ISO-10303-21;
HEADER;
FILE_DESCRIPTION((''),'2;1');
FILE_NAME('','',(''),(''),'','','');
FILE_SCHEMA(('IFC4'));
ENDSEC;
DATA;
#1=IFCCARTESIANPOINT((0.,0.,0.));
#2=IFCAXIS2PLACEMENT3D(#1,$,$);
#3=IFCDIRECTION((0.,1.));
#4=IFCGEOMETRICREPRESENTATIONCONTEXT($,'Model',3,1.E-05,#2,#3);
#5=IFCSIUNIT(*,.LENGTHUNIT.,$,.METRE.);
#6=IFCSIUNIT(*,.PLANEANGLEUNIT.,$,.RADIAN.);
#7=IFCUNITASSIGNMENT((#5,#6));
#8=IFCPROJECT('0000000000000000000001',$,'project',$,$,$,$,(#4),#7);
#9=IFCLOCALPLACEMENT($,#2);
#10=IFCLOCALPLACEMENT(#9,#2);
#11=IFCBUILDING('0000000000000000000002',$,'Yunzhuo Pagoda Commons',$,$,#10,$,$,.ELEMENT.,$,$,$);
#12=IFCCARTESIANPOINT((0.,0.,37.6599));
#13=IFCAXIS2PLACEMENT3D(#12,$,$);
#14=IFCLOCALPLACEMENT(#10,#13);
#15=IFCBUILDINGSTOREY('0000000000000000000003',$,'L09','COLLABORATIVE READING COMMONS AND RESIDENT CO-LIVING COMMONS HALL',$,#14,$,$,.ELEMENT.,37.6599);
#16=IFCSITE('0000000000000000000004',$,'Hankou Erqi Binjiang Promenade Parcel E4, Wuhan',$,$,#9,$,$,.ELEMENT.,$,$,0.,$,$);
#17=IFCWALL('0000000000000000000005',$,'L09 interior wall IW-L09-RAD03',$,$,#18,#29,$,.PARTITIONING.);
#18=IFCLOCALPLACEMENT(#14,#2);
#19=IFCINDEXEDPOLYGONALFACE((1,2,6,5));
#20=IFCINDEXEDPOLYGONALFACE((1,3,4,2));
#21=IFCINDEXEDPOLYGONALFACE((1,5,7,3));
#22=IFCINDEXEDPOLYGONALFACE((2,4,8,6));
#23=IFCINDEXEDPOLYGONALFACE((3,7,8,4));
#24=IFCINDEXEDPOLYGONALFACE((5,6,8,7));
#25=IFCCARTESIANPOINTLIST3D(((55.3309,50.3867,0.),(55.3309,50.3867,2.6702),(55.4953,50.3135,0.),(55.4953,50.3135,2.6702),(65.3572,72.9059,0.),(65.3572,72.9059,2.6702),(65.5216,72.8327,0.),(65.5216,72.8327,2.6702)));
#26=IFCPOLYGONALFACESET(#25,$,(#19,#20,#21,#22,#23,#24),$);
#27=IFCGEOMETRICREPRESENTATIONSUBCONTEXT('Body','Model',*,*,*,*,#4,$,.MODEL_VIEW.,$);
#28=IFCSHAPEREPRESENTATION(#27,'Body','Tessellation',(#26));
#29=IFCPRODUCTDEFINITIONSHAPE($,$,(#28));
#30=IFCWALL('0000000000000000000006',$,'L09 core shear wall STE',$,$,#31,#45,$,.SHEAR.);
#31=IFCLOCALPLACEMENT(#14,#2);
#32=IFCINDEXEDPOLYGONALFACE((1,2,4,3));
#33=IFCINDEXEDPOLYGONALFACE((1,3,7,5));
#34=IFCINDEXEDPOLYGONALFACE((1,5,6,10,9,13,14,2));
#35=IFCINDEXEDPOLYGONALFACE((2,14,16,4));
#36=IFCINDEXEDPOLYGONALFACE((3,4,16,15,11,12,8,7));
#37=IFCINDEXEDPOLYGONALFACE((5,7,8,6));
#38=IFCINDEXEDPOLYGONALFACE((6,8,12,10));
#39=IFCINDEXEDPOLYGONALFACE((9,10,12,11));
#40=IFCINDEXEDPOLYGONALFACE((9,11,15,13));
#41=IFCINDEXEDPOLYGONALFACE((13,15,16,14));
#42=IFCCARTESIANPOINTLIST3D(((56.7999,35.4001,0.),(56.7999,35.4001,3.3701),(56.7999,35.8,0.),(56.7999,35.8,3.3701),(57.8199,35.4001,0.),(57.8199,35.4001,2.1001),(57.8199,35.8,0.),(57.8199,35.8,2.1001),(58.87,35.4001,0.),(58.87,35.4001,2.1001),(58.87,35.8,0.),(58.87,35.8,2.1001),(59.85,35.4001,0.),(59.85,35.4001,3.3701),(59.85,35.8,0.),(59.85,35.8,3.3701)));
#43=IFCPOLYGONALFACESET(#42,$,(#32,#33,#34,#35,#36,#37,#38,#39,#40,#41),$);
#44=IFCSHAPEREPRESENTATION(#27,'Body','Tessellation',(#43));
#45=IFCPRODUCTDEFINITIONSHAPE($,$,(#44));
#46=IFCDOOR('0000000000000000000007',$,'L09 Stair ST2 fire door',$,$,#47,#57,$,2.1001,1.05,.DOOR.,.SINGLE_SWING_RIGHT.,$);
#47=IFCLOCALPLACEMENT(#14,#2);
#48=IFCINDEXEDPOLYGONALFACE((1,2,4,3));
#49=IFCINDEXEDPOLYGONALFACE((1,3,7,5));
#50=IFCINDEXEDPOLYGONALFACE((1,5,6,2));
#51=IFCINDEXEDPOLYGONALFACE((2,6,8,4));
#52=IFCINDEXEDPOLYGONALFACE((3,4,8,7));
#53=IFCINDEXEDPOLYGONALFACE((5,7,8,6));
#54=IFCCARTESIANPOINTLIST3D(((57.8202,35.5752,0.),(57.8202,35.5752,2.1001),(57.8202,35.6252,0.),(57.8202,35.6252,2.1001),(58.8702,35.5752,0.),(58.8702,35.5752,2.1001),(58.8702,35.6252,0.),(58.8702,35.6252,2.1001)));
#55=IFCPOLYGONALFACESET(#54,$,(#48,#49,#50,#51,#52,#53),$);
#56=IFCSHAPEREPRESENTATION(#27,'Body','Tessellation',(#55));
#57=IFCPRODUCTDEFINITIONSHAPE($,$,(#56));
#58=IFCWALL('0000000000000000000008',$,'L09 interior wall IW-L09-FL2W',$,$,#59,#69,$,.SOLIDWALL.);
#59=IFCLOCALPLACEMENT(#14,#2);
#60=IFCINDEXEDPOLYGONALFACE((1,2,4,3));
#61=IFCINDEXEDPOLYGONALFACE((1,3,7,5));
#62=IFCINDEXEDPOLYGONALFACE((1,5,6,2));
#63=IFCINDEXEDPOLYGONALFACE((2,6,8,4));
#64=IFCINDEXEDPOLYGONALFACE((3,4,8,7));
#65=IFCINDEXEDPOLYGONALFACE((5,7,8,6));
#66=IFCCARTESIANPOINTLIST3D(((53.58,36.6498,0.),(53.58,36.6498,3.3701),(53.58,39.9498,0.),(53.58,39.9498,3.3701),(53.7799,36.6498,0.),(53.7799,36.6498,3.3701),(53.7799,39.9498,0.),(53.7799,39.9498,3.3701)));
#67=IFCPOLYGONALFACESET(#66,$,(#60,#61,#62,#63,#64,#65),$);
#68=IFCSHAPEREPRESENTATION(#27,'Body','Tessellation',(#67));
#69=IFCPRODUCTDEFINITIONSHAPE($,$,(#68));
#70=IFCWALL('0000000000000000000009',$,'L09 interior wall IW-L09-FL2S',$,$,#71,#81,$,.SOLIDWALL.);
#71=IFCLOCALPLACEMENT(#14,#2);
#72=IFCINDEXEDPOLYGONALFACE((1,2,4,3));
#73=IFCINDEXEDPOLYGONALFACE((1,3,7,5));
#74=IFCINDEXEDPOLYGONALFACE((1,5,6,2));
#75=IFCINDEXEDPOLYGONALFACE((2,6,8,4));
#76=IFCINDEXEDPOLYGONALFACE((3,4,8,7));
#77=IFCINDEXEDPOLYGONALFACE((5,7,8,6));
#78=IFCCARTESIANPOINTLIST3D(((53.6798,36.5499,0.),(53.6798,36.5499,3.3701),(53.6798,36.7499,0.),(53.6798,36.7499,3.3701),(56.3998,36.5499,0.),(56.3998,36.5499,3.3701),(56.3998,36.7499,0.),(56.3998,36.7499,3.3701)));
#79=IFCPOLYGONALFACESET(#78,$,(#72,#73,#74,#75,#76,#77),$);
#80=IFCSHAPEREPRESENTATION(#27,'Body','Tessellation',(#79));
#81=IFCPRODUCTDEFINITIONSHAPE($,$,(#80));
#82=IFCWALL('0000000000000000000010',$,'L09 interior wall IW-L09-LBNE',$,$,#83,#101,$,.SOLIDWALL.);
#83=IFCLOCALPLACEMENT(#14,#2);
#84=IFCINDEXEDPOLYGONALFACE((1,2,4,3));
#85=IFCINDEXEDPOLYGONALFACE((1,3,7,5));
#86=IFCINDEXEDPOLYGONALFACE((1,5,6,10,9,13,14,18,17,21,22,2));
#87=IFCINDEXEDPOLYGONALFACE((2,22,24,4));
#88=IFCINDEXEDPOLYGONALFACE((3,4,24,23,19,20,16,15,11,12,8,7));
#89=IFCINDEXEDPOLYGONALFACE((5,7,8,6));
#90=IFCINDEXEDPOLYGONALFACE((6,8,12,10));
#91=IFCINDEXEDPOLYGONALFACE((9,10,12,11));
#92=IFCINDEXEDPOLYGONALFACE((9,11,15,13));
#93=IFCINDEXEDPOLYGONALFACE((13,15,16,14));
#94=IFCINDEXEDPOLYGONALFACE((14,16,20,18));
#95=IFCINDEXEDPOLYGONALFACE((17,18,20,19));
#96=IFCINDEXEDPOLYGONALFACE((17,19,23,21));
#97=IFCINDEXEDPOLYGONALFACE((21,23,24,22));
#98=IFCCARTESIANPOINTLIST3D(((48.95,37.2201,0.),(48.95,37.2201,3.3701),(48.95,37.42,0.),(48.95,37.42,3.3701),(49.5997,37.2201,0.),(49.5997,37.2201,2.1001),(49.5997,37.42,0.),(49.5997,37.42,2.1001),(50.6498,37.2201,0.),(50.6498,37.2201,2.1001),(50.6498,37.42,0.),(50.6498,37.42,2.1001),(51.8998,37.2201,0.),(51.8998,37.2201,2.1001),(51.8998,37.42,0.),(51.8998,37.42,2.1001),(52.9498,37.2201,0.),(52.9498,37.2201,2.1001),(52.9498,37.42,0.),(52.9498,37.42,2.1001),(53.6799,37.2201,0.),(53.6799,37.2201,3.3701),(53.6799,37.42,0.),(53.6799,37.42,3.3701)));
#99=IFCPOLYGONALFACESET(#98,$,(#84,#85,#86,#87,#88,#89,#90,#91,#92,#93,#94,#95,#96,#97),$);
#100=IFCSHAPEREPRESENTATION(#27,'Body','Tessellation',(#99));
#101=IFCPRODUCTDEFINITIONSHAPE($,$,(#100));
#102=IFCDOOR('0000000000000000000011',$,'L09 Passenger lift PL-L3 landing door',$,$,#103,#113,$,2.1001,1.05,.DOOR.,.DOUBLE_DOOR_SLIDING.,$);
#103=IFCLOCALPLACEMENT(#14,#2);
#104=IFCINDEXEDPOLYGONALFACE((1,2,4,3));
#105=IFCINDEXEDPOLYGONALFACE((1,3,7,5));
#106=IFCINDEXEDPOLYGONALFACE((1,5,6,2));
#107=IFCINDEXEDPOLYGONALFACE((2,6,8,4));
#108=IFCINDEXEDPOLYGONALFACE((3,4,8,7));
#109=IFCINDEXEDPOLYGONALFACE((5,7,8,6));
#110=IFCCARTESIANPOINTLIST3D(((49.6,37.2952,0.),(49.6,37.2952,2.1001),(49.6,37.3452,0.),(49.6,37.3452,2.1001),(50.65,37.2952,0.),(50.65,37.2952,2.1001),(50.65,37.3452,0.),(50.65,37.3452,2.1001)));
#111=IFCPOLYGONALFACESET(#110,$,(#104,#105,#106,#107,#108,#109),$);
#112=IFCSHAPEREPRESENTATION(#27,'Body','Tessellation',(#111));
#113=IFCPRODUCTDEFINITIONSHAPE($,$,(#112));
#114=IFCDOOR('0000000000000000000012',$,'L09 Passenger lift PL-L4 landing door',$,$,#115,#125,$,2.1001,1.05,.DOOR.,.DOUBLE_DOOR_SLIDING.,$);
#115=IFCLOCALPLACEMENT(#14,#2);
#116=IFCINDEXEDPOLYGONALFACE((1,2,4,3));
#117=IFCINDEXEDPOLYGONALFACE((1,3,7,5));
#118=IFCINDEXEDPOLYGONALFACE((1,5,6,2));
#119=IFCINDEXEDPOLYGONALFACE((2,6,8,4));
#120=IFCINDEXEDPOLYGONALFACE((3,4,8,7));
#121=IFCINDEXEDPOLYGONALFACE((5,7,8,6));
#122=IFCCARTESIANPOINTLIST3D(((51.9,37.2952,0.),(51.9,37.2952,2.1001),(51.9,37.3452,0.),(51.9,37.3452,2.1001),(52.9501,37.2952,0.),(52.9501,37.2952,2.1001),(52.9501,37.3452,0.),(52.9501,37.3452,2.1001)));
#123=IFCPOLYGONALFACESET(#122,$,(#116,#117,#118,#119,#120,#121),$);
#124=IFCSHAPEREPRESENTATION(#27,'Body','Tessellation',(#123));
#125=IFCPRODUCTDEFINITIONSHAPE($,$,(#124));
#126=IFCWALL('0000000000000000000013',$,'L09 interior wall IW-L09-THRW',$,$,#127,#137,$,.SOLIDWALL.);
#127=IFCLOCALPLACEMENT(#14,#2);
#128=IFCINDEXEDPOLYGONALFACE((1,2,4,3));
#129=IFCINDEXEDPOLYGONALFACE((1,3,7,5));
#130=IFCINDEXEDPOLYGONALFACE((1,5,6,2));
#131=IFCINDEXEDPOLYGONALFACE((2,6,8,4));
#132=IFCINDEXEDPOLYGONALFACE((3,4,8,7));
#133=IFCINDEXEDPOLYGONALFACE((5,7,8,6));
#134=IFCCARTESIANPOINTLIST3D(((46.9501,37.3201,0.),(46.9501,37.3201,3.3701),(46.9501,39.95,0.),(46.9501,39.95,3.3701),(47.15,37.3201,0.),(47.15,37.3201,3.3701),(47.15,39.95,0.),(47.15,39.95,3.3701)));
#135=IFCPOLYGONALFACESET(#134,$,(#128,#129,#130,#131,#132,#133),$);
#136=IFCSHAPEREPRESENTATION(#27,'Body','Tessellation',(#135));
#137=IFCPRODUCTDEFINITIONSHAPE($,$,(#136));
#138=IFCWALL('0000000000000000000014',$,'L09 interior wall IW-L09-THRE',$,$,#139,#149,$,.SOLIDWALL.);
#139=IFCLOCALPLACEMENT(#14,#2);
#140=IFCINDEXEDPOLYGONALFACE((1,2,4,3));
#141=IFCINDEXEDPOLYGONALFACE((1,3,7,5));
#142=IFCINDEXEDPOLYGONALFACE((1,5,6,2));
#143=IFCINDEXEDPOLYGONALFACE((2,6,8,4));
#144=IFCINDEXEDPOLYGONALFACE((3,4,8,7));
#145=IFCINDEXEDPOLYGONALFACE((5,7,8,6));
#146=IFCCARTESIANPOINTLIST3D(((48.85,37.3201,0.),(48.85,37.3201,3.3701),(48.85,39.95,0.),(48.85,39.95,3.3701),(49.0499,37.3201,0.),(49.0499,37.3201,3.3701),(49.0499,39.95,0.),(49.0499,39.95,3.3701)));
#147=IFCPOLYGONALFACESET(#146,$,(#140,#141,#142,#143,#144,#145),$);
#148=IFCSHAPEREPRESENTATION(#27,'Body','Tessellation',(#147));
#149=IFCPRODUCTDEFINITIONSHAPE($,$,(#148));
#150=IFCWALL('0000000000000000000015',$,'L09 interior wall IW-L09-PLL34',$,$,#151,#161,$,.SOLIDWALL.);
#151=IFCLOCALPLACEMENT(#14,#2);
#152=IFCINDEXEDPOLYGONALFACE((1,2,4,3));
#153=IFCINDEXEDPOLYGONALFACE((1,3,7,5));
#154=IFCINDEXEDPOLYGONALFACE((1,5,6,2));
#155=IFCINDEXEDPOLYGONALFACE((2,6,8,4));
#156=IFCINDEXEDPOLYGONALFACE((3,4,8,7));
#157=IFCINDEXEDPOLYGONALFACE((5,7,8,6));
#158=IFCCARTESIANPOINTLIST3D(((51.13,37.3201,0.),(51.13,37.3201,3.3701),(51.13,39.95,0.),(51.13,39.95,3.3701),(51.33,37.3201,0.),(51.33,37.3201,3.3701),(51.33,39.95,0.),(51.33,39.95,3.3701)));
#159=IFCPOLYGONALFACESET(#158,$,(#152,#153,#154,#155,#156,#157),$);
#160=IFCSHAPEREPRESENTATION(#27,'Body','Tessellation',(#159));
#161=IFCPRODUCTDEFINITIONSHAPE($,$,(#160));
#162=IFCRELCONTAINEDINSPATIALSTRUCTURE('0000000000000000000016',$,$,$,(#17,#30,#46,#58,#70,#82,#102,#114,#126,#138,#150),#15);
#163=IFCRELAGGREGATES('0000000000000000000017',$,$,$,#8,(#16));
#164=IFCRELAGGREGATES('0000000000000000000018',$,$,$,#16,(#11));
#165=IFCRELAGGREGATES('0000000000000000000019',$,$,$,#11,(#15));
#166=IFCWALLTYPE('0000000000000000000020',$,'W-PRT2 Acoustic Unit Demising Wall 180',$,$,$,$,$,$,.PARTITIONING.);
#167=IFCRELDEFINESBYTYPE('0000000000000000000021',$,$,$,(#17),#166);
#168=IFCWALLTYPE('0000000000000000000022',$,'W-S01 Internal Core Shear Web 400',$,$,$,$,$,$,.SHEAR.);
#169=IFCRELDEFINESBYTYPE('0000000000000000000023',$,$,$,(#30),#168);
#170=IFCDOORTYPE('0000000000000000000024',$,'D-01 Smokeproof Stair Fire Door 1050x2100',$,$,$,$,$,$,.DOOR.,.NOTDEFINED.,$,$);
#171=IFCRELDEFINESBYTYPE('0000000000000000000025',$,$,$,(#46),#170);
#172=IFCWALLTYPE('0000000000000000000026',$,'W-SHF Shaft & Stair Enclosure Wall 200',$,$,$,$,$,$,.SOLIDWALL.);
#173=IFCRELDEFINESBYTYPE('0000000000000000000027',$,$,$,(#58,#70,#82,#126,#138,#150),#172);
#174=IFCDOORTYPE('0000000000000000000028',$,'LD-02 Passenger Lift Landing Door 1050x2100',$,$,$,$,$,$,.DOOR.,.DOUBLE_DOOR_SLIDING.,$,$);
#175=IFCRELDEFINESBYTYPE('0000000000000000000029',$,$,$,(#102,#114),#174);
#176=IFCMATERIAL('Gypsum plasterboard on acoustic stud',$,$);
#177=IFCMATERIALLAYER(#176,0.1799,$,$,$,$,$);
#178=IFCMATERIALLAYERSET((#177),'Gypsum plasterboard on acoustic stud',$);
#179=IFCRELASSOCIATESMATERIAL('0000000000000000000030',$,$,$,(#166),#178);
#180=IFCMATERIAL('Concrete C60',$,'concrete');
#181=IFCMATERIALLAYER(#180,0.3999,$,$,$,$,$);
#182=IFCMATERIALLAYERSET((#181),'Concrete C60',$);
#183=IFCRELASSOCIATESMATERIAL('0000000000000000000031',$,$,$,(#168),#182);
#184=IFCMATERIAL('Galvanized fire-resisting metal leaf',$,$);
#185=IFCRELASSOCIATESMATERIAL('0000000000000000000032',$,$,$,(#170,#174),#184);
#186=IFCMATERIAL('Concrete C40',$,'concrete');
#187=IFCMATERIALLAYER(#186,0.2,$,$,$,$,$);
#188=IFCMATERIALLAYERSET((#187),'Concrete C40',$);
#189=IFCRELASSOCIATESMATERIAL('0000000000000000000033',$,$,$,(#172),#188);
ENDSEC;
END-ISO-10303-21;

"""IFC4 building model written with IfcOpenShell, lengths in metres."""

from ifc_helpers import new_model, si_unit, direction, frame, frame_2d, origin, place, context, subcontext, project, spatial, rectangle, extrude, source, transform, mapped, material, layer, layer_set, type_object, element, fill, save


model = new_model("IFC4")

# Units and contexts
model_context = context("Model", 3, precision=1e-05, world=origin(), true_north=direction((0.0, 1.0)))
body_context = subcontext(model_context, "Body", "Model", "MODEL_VIEW")
ifc_project = project(units=[si_unit("LENGTHUNIT", "METRE"), si_unit("PLANEANGLEUNIT", "RADIAN")], contexts=[model_context])

# Site, building, storey
site_placement = place(None, origin())
site = spatial("IfcSite", under=ifc_project, at=site_placement, Name="Hankou Erqi Binjiang Promenade Parcel E4, Wuhan", CompositionType="ELEMENT", RefElevation=0.0)
building_placement = place(site_placement, origin())
building = spatial("IfcBuilding", under=site, at=building_placement, Name="Yunzhuo Pagoda Commons", CompositionType="ELEMENT")
storey_placement = place(building_placement, frame((0.0, 0.0, 37.6599)))
storey = spatial("IfcBuildingStorey", under=building, at=storey_placement, Name="L09", Description="COLLABORATIVE READING COMMONS AND RESIDENT CO-LIVING COMMONS HALL", CompositionType="ELEMENT", Elevation=37.6599)

# Shared definitions
ifc_material_1 = material(Name="Concrete C60", Category="concrete")
ifc_material_2 = material(Name="Galvanized fire-resisting metal leaf")
shared_shape_1 = source(origin(), body_context, "Body", "SweptSolid", [
    extrude(rectangle(XDim=1.05, YDim=2.1001, at=frame_2d((0.5249, 1.05))), frame((0.0, 0.0249, 0.0), z_axis=(0.0, -1.0, 0.0), x_axis=(1.0, 0.0, 0.0)), (0.0, 0.0, 1.0), 0.05),
])

# Shared definitions
ifc_material_3 = material(Name="Gypsum plasterboard on acoustic stud")

# Wall
ifc_layer_1 = layer(ifc_material_3, 0.1799)
ifc_layer_set_1 = layer_set([ifc_layer_1], Name="Gypsum plasterboard on acoustic stud")
wall_type_1 = type_object("IfcWallType", Name="W-PRT2 Acoustic Unit Demising Wall 180", PredefinedType="PARTITIONING", material=ifc_layer_set_1)
wall_1_placement = place(storey_placement, frame((55.4131, 50.3501, 0.0), z_axis=(0.0, 0.0, 1.0), x_axis=(0.406741, 0.913543, 0.0)))
element("IfcWall", 1, at=wall_1_placement, inside=storey, type_object=wall_type_1, Name="L09 interior wall IW-L09-RAD03", PredefinedType="PARTITIONING", context=body_context, shape_type="SweptSolid", body=[
    extrude(rectangle(XDim=24.6504, YDim=0.1799, at=frame_2d((12.3252, 0.0))), origin(), (0.0, 0.0, 1.0), 2.6702),
])

# Wall, opening, door
ifc_layer_2 = layer(ifc_material_1, 0.3999)
ifc_layer_set_2 = layer_set([ifc_layer_2], Name="Concrete C60")
wall_type_2 = type_object("IfcWallType", Name="W-S01 Internal Core Shear Web 400", PredefinedType="SHEAR", material=ifc_layer_set_2)
wall_2_placement = place(storey_placement, frame((56.8, 35.6001, 0.0), z_axis=(0.0, 0.0, 1.0), x_axis=(1.0, 0.0, 0.0)))
wall_2 = element("IfcWall", 2, at=wall_2_placement, inside=storey, type_object=wall_type_2, Name="L09 core shear wall STE", PredefinedType="SHEAR", context=body_context, shape_type="SweptSolid", body=[
    extrude(rectangle(XDim=3.05, YDim=0.3999, at=frame_2d((1.5249, 0.0))), origin(), (0.0, 0.0, 1.0), 3.3701),
])
opening_1_placement = place(wall_2_placement, frame((1.02, 0.0, 0.0)))
opening_1 = element("IfcOpeningElement", 3, at=opening_1_placement, cuts=wall_2, PredefinedType="OPENING", context=body_context, shape_type="SweptSolid", body=[
    extrude(rectangle(XDim=1.05, YDim=2.1001, at=frame_2d((0.5249, 1.05))), frame((0.0, 0.21, 0.0), z_axis=(0.0, -1.0, 0.0), x_axis=(1.0, 0.0, 0.0)), (0.0, 0.0, 1.0), 0.4199),
])
door_type_1 = type_object("IfcDoorType", Name="D-01 Smokeproof Stair Fire Door 1050x2100", OperationType="NOTDEFINED", PredefinedType="DOOR", material=ifc_material_2)
door_1_placement = place(opening_1_placement, frame((1.05, 0.0, 0.0), z_axis=(0.0, 0.0, 1.0), x_axis=(-1.0, 0.0, 0.0)))
door_1 = element("IfcDoor", 4, at=door_1_placement, inside=storey, type_object=door_type_1, Name="L09 Stair ST2 fire door", OperationType="SINGLE_SWING_RIGHT", OverallHeight=2.1001, OverallWidth=1.05, PredefinedType="DOOR", context=body_context, shape_type="MappedRepresentation", body=[
    mapped(shared_shape_1, transform((0.0, 0.0, 0.0), scale=1.0)),
])
fill(opening_1, door_1)

# Walls
ifc_material_4 = material(Name="Concrete C40", Category="concrete")
ifc_layer_3 = layer(ifc_material_4, 0.2)
ifc_layer_set_3 = layer_set([ifc_layer_3], Name="Concrete C40")
wall_type_3 = type_object("IfcWallType", Name="W-SHF Shaft & Stair Enclosure Wall 200", PredefinedType="SOLIDWALL", material=ifc_layer_set_3)
wall_3_placement = place(storey_placement, frame((53.6799, 36.6499, 0.0), z_axis=(0.0, 0.0, 1.0), x_axis=(0.0, 1.0, 0.0)))
element("IfcWall", 5, at=wall_3_placement, inside=storey, type_object=wall_type_3, Name="L09 interior wall IW-L09-FL2W", PredefinedType="SOLIDWALL", context=body_context, shape_type="SweptSolid", body=[
    extrude(rectangle(XDim=3.3, YDim=0.2, at=frame_2d((1.6499, 0.0))), origin(), (0.0, 0.0, 1.0), 3.3701),
])
wall_4_placement = place(storey_placement, frame((53.6799, 36.6499, 0.0), z_axis=(0.0, 0.0, 1.0), x_axis=(1.0, 0.0, 0.0)))
element("IfcWall", 6, at=wall_4_placement, inside=storey, type_object=wall_type_3, Name="L09 interior wall IW-L09-FL2S", PredefinedType="SOLIDWALL", context=body_context, shape_type="SweptSolid", body=[
    extrude(rectangle(XDim=2.72, YDim=0.2, at=frame_2d((1.3599, 0.0))), origin(), (0.0, 0.0, 1.0), 3.3701),
])

# Wall, openings, doors
wall_5_placement = place(storey_placement, frame((48.95, 37.3201, 0.0), z_axis=(0.0, 0.0, 1.0), x_axis=(1.0, 0.0, 0.0)))
wall_5 = element("IfcWall", 7, at=wall_5_placement, inside=storey, type_object=wall_type_3, Name="L09 interior wall IW-L09-LBNE", PredefinedType="SOLIDWALL", context=body_context, shape_type="SweptSolid", body=[
    extrude(rectangle(XDim=4.73, YDim=0.2, at=frame_2d((2.365, 0.0))), origin(), (0.0, 0.0, 1.0), 3.3701),
])
opening_2_placement = place(wall_5_placement, frame((0.6499, 0.0, 0.0)))
opening_2 = element("IfcOpeningElement", 8, at=opening_2_placement, cuts=wall_5, PredefinedType="OPENING", context=body_context, shape_type="SweptSolid", body=[
    extrude(rectangle(XDim=1.05, YDim=2.1001, at=frame_2d((0.5249, 1.05))), frame((0.0, 0.1099, 0.0), z_axis=(0.0, -1.0, 0.0), x_axis=(1.0, 0.0, 0.0)), (0.0, 0.0, 1.0), 0.22),
])
opening_3_placement = place(wall_5_placement, frame((2.95, 0.0, 0.0)))
opening_3 = element("IfcOpeningElement", 9, at=opening_3_placement, cuts=wall_5, PredefinedType="OPENING", context=body_context, shape_type="SweptSolid", body=[
    extrude(rectangle(XDim=1.05, YDim=2.1001, at=frame_2d((0.5249, 1.05))), frame((0.0, 0.1099, 0.0), z_axis=(0.0, -1.0, 0.0), x_axis=(1.0, 0.0, 0.0)), (0.0, 0.0, 1.0), 0.22),
])
door_type_2 = type_object("IfcDoorType", Name="LD-02 Passenger Lift Landing Door 1050x2100", OperationType="DOUBLE_DOOR_SLIDING", PredefinedType="DOOR", material=ifc_material_2)
door_2_placement = place(opening_2_placement, frame((1.05, 0.0, 0.0), z_axis=(0.0, 0.0, 1.0), x_axis=(-1.0, 0.0, 0.0)))
door_2 = element("IfcDoor", 10, at=door_2_placement, inside=storey, type_object=door_type_2, Name="L09 Passenger lift PL-L3 landing door", OperationType="DOUBLE_DOOR_SLIDING", OverallHeight=2.1001, OverallWidth=1.05, PredefinedType="DOOR", context=body_context, shape_type="MappedRepresentation", body=[
    mapped(shared_shape_1, transform((0.0, 0.0, 0.0), scale=1.0)),
])
fill(opening_2, door_2)
door_3_placement = place(opening_3_placement, frame((1.05, 0.0, 0.0), z_axis=(0.0, 0.0, 1.0), x_axis=(-1.0, 0.0, 0.0)))
door_3 = element("IfcDoor", 11, at=door_3_placement, inside=storey, type_object=door_type_2, Name="L09 Passenger lift PL-L4 landing door", OperationType="DOUBLE_DOOR_SLIDING", OverallHeight=2.1001, OverallWidth=1.05, PredefinedType="DOOR", context=body_context, shape_type="MappedRepresentation", body=[
    mapped(shared_shape_1, transform((0.0, 0.0, 0.0), scale=1.0)),
])
fill(opening_3, door_3)

# Walls
for number, where, z_axis, x_axis, name in (
    (12, (47.05, 37.3201, 0.0), (0.0, 0.0, 1.0), (0.0, 1.0, 0.0), "L09 interior wall IW-L09-THRW"),
    (13, (48.95, 37.3201, 0.0), (0.0, 0.0, 1.0), (0.0, 1.0, 0.0), "L09 interior wall IW-L09-THRE"),
    (14, (51.23, 37.3201, 0.0), (0.0, 0.0, 1.0), (0.0, 1.0, 0.0), "L09 interior wall IW-L09-PLL34"),
):
    element("IfcWall", number, at=place(storey_placement, frame(where, z_axis=z_axis, x_axis=x_axis)), inside=storey, type_object=wall_type_3, Name=name, PredefinedType="SOLIDWALL", context=body_context, shape_type="SweptSolid", body=[
        extrude(rectangle(XDim=2.6299, YDim=0.2, at=frame_2d((1.3149, 0.0))), origin(), (0.0, 0.0, 1.0), 3.3701),
    ])

save(model, "model.ifc")
